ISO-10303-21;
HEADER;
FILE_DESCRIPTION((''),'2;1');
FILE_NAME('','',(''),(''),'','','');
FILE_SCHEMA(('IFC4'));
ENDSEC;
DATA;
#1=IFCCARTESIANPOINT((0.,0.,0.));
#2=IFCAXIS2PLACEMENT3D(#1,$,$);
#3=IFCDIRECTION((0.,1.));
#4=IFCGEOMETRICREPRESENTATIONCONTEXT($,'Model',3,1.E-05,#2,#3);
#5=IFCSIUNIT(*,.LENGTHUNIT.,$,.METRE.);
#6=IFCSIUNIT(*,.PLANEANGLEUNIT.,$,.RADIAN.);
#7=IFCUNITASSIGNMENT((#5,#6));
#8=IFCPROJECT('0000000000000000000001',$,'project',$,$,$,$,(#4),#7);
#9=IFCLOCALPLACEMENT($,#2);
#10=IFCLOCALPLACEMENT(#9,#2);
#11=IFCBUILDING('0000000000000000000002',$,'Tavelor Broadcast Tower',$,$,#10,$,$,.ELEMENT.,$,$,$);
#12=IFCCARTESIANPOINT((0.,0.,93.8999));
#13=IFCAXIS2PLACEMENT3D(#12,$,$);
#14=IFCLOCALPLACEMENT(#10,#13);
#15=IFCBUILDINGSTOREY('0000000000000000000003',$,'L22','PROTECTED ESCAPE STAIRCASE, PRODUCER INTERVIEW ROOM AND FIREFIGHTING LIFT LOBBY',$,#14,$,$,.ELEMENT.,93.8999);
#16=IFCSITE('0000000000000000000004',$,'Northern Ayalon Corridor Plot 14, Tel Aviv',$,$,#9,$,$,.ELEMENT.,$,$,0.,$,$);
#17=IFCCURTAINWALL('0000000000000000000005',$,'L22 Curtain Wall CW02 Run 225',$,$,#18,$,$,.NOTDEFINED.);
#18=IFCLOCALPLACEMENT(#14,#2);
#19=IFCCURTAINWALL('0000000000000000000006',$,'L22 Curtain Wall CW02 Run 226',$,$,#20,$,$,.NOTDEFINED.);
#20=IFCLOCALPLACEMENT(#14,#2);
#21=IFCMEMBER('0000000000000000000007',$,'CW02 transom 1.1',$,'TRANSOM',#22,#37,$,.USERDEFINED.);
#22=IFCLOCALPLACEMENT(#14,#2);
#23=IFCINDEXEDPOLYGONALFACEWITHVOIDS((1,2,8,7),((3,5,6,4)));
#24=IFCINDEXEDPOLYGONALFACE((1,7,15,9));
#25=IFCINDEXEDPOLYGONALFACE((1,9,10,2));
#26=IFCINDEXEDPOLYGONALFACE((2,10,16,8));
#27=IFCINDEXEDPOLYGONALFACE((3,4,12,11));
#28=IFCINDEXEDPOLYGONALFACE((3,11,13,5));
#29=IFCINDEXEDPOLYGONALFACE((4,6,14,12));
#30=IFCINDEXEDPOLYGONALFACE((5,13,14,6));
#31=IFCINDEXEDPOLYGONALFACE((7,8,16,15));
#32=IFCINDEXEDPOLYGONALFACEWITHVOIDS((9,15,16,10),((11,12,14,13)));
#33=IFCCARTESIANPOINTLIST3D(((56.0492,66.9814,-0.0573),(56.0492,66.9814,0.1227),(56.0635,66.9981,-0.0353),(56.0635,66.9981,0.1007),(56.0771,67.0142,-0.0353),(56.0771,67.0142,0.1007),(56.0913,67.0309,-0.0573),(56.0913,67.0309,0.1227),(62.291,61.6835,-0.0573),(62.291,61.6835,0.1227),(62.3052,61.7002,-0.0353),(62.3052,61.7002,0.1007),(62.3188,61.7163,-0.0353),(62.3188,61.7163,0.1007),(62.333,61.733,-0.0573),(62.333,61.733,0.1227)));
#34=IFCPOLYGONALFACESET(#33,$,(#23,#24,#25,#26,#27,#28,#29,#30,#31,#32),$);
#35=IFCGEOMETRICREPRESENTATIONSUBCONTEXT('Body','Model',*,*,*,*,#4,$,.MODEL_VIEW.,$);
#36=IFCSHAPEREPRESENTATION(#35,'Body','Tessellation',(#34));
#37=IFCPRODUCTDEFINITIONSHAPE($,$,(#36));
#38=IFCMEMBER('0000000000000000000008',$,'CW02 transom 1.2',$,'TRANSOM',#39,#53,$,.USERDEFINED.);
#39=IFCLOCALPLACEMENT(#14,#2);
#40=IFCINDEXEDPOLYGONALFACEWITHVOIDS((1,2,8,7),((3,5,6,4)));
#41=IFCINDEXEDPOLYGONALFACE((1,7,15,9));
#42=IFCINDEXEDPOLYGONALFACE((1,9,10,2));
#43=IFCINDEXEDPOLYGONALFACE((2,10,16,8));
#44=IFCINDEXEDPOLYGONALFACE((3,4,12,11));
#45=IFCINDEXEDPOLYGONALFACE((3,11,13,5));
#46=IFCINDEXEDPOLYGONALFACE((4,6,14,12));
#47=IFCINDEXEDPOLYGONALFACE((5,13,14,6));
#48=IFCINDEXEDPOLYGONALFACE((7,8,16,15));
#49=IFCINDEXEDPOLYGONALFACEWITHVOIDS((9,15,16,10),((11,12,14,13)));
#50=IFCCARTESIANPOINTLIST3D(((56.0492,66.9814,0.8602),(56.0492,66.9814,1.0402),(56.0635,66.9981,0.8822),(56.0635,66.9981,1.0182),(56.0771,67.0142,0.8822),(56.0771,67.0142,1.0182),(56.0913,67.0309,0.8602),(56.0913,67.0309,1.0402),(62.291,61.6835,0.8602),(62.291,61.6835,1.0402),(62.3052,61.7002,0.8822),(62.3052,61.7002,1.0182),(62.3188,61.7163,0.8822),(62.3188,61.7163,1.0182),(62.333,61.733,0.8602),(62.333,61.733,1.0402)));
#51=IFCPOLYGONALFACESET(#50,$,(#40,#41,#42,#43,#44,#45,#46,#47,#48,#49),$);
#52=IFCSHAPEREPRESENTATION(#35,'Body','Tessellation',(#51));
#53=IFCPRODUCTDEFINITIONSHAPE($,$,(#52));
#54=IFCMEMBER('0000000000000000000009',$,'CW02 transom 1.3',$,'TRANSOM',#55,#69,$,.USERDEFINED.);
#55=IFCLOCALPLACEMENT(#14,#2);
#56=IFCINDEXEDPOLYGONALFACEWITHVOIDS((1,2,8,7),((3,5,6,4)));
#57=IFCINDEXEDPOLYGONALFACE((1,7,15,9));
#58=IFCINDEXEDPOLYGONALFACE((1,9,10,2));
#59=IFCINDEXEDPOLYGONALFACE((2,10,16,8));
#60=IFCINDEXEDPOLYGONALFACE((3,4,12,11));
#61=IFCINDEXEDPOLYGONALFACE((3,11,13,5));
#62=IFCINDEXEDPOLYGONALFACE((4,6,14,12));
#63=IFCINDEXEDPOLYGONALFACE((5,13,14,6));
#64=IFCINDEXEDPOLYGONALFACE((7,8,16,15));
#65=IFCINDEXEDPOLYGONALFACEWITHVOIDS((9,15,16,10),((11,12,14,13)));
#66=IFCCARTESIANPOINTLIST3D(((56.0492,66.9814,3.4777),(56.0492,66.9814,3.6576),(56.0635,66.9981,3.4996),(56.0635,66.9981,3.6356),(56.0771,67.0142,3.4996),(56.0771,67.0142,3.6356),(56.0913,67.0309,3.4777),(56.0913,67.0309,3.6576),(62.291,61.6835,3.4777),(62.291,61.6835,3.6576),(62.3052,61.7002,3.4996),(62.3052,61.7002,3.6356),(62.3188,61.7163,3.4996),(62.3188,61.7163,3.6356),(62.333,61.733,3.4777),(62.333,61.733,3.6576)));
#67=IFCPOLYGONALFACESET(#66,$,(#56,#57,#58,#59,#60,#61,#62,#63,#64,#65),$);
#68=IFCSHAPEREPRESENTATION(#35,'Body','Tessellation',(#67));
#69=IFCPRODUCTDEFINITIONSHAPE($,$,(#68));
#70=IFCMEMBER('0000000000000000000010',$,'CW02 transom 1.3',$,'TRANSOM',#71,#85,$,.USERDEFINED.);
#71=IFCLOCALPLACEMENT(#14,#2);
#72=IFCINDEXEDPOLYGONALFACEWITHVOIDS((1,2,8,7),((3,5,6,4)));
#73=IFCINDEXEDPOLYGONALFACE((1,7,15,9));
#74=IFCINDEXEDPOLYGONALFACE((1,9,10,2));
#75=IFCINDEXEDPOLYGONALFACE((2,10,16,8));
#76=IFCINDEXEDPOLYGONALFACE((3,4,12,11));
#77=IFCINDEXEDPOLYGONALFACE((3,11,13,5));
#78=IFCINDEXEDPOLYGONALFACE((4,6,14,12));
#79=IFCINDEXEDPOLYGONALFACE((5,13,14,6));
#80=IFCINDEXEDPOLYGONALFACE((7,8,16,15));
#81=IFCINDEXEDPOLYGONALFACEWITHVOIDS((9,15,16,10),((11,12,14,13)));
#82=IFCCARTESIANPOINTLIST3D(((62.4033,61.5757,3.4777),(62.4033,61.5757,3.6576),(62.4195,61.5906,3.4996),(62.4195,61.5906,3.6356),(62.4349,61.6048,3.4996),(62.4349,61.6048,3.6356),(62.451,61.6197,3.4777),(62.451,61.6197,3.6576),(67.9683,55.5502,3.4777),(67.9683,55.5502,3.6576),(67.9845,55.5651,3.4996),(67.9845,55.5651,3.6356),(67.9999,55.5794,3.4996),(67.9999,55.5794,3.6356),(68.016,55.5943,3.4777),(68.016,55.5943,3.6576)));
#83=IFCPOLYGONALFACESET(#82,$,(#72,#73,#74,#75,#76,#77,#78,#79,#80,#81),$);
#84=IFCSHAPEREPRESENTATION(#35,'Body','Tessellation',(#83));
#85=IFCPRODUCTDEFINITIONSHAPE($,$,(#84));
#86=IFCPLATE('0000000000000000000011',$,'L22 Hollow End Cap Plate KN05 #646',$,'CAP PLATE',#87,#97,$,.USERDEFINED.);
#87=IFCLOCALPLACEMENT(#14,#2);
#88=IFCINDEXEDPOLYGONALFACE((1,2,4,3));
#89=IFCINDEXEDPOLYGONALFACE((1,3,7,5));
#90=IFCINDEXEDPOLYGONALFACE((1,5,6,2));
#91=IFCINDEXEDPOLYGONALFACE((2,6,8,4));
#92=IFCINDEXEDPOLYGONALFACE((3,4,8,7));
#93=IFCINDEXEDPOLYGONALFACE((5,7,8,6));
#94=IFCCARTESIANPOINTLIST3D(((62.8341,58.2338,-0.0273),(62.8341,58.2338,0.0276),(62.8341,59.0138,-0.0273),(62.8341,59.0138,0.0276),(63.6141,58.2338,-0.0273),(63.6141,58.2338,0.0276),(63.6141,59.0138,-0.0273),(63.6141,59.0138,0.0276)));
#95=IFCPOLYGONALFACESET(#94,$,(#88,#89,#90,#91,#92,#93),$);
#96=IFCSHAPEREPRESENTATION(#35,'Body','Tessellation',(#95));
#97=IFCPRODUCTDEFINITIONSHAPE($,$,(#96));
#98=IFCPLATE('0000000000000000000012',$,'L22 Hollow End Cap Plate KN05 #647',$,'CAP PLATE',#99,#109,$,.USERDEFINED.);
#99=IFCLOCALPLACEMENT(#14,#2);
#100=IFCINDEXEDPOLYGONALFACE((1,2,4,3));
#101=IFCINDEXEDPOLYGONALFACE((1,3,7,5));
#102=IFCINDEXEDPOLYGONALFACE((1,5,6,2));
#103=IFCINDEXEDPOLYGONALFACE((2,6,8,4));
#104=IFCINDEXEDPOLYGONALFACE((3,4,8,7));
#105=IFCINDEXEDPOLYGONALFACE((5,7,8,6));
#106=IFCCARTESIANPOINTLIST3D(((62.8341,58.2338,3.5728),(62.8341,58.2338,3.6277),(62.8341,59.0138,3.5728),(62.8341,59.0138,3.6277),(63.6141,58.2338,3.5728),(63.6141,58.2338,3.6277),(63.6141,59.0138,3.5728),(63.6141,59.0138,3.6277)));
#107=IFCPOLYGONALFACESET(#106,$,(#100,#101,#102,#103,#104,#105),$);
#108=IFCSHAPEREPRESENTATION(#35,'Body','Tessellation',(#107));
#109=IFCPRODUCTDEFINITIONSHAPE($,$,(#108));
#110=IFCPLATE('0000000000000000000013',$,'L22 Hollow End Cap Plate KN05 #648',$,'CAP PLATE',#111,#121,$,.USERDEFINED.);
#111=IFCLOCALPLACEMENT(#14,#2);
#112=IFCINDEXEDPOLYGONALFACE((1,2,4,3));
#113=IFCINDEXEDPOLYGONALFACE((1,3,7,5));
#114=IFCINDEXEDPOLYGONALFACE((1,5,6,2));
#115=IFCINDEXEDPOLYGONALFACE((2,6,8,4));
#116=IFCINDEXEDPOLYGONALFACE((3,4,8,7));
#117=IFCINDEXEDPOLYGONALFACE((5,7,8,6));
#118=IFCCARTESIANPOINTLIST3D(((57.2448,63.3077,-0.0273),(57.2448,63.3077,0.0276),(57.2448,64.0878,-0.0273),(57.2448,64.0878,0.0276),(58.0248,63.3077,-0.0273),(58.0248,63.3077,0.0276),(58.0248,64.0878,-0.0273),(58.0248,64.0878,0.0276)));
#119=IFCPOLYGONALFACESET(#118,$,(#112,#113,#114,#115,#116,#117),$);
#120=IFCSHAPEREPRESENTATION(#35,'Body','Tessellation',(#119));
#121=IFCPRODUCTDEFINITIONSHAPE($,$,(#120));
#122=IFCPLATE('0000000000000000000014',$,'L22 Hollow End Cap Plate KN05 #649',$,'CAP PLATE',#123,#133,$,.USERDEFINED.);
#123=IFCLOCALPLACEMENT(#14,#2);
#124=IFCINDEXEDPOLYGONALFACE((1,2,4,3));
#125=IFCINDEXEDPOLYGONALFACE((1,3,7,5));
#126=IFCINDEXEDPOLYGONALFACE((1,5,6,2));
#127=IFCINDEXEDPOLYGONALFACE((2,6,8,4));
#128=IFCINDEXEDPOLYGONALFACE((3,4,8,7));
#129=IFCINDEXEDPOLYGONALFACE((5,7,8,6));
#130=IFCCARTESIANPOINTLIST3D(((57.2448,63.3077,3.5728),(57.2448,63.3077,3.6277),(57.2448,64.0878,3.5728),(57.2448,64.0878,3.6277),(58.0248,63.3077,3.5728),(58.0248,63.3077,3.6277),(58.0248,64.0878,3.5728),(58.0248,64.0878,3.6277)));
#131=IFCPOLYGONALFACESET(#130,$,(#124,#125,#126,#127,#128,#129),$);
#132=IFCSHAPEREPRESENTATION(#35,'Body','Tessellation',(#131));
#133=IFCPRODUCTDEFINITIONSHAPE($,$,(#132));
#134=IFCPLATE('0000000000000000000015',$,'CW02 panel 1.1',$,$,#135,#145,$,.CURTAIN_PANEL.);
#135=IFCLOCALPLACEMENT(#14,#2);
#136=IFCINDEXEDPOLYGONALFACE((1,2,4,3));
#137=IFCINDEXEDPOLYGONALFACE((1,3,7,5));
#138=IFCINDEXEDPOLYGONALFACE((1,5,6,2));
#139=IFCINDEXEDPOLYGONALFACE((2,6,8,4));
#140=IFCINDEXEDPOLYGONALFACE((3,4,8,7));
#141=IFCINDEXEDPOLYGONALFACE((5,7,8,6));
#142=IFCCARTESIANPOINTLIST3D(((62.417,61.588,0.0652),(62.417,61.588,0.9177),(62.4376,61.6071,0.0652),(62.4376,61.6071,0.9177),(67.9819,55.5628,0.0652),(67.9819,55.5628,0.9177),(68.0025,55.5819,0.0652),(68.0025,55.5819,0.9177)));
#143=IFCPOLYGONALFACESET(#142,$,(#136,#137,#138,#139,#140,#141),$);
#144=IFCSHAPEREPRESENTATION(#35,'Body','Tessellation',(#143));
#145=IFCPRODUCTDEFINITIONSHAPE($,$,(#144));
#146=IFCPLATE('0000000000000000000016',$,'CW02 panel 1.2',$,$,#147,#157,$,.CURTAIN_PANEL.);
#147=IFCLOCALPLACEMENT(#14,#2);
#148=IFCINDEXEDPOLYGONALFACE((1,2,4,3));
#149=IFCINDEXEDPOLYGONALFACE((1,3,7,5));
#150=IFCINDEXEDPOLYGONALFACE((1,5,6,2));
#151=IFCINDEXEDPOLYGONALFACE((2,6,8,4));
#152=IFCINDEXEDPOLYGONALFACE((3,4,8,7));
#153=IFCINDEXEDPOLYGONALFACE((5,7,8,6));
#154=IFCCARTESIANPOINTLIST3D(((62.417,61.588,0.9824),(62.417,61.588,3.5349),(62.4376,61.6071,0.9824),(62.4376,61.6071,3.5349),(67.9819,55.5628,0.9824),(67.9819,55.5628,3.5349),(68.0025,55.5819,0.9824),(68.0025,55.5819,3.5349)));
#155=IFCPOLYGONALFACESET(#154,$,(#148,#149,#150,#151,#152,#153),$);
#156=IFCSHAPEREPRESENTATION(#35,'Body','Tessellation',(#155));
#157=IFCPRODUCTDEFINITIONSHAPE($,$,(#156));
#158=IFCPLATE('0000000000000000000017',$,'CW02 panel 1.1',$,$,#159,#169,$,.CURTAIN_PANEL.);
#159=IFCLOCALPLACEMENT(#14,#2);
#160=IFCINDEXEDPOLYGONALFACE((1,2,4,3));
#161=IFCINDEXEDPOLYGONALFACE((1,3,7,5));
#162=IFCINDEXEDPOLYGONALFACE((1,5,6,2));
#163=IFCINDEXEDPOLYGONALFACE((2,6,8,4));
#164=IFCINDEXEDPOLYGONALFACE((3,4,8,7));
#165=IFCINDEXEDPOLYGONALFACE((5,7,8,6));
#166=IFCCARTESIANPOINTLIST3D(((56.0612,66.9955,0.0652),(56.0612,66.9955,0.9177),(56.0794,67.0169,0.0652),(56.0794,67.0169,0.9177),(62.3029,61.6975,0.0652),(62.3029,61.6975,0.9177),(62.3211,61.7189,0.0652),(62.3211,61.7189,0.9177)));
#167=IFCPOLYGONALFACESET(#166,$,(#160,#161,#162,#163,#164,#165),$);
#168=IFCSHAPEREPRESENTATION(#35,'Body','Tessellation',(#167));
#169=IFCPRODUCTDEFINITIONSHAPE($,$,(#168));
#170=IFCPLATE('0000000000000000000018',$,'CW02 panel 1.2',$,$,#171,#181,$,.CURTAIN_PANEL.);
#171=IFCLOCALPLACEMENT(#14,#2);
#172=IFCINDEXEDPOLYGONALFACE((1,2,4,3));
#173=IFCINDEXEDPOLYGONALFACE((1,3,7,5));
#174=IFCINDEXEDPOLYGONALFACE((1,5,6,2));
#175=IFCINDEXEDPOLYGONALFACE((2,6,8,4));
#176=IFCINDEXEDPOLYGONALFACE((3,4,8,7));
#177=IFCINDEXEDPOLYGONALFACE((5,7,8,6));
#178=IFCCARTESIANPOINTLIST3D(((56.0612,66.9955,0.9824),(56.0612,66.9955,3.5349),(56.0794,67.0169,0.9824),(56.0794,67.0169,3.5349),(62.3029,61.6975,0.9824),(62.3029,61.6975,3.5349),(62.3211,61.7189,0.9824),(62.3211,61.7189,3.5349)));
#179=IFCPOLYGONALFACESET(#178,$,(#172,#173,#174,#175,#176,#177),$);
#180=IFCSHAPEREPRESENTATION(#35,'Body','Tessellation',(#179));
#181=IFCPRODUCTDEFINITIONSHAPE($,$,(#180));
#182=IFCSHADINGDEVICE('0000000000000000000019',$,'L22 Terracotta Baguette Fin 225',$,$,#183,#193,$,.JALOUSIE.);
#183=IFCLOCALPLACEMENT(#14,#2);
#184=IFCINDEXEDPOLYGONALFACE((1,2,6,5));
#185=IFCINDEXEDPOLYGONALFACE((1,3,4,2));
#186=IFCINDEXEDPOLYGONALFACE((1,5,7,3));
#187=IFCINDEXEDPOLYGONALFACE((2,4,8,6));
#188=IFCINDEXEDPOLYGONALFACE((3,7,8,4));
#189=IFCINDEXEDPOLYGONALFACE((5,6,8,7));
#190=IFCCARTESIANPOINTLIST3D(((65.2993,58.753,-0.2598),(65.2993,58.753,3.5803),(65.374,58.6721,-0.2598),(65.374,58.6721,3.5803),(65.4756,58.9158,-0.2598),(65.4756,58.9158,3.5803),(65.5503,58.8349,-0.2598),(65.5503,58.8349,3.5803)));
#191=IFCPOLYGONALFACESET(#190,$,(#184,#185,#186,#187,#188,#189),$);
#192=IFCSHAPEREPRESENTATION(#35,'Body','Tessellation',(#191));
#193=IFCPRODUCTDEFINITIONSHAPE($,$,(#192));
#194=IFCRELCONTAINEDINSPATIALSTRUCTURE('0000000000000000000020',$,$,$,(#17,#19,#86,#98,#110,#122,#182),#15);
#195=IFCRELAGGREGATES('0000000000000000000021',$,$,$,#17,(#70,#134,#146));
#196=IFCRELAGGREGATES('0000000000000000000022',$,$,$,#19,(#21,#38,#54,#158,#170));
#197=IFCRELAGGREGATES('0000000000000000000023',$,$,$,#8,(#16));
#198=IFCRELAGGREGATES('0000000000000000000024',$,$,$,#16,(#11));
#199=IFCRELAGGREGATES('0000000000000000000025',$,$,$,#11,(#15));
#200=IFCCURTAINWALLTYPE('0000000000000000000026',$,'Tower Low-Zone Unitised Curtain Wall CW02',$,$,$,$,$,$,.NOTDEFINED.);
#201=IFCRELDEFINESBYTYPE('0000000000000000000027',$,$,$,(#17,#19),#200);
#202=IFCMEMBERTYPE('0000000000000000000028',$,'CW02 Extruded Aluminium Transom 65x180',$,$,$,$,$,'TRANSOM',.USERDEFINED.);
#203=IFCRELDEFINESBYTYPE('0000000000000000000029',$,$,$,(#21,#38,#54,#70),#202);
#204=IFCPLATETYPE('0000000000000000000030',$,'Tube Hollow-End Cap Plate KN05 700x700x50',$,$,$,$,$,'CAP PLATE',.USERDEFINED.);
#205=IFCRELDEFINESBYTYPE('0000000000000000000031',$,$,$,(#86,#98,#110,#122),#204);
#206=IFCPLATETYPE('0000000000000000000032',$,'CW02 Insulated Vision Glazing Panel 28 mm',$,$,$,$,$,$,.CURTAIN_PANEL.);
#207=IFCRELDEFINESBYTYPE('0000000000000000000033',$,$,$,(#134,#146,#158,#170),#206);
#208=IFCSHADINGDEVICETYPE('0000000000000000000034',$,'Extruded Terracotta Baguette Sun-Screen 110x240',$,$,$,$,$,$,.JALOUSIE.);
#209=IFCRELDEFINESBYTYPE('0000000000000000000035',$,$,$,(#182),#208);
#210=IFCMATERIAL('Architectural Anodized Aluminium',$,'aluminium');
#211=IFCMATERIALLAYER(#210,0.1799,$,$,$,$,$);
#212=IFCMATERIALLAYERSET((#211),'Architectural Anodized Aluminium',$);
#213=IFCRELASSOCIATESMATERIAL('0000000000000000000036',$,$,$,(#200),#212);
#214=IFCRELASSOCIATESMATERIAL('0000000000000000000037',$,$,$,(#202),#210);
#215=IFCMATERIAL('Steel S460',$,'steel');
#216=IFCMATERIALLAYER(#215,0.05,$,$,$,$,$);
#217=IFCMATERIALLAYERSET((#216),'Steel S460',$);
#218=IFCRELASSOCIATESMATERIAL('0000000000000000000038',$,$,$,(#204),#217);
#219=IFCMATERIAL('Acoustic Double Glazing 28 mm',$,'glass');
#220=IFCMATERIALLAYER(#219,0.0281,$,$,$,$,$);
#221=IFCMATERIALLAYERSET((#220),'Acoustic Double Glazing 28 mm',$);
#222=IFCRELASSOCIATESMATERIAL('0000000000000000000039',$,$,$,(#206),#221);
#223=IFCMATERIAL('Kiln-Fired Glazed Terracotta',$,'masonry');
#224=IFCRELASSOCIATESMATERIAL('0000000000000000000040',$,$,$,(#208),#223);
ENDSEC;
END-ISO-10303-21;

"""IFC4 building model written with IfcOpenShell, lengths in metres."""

from ifc_helpers import new_model, si_unit, direction, frame, origin, origin_2d, place, context, subcontext, project, spatial, rectangle, hollow_rectangle, extrude, source, transform, mapped, material, layer, layer_set, material_profile, profile_set, type_object, type_shapes, element, aggregate, save


model = new_model("IFC4")

# Units and contexts
model_context = context("Model", 3, precision=1e-05, world=origin(), true_north=direction((0.0, 1.0)))
body_context = subcontext(model_context, "Body", "Model", "MODEL_VIEW")
ifc_project = project(units=[si_unit("LENGTHUNIT", "METRE"), si_unit("PLANEANGLEUNIT", "RADIAN")], contexts=[model_context])

# Site, building, storey
site_placement = place(None, origin())
site = spatial("IfcSite", under=ifc_project, at=site_placement, Name="Northern Ayalon Corridor Plot 14, Tel Aviv", CompositionType="ELEMENT", RefElevation=0.0)
building_placement = place(site_placement, origin())
building = spatial("IfcBuilding", under=site, at=building_placement, Name="Tavelor Broadcast Tower", CompositionType="ELEMENT")
storey_placement = place(building_placement, frame((0.0, 0.0, 93.8999)))
storey = spatial("IfcBuildingStorey", under=building, at=storey_placement, Name="L22", Description="PROTECTED ESCAPE STAIRCASE, PRODUCER INTERVIEW ROOM AND FIREFIGHTING LIFT LOBBY", CompositionType="ELEMENT", Elevation=93.8999)

# Shared definitions
ifc_material_1 = material(Name="Steel S460", Category="steel")

# Curtain wall
ifc_material_2 = material(Name="Architectural Anodized Aluminium", Category="aluminium")
ifc_layer_1 = layer(ifc_material_2, 0.1799)
ifc_layer_set_1 = layer_set([ifc_layer_1], Name="Architectural Anodized Aluminium")
curtain_wall_type = type_object("IfcCurtainWallType", Name="Tower Low-Zone Unitised Curtain Wall CW02", PredefinedType="NOTDEFINED", material=ifc_layer_set_1)
curtain_wall_1_placement = place(storey_placement, origin())
curtain_wall_1 = element("IfcCurtainWall", 1, at=curtain_wall_1_placement, inside=storey, type_object=curtain_wall_type, Name="L22 Curtain Wall CW02 Run 225", PredefinedType="NOTDEFINED")

# Curtain wall
curtain_wall_2_placement = place(storey_placement, origin())
curtain_wall_2 = element("IfcCurtainWall", 2, at=curtain_wall_2_placement, inside=storey, type_object=curtain_wall_type, Name="L22 Curtain Wall CW02 Run 226", PredefinedType="NOTDEFINED")

# Members
ifc_material_profile_1 = material_profile(ifc_material_2, hollow_rectangle(XDim=0.0649, YDim=0.1799, WallThickness=0.022, at=origin_2d()), Name="RHS 65x180x22")
ifc_profile_set_1 = profile_set([ifc_material_profile_1], Name="Architectural Anodized Aluminium")
member_type_1 = type_object("IfcMemberType", Name="CW02 Extruded Aluminium Transom 65x180", ElementType="TRANSOM", PredefinedType="USERDEFINED", material=ifc_profile_set_1)
shared_shape_1 = source(origin(), body_context, "Body", "SweptSolid", [
    extrude(hollow_rectangle(XDim=0.0649, YDim=0.1799, WallThickness=0.022, at=origin_2d()), origin(), (0.0, 0.0, 1.0), 8.187),
])
member_1_placement = place(storey_placement, frame((62.312, 61.7083, 0.0327), z_axis=(-0.762397, 0.64711, 0.0), x_axis=(-0.64711, -0.762397, 0.0)))
member_1 = element("IfcMember", 3, at=member_1_placement, type_object=member_type_1, Name="CW02 transom 1.1", ObjectType="TRANSOM", PredefinedType="USERDEFINED", context=body_context, shape_type="MappedRepresentation", body=[
    mapped(shared_shape_1, transform((0.0, 0.0, 0.0), scale=1.0)),
])
member_2_placement = place(storey_placement, frame((62.312, 61.7083, 0.9502), z_axis=(-0.762397, 0.64711, 0.0), x_axis=(-0.64711, -0.762397, 0.0)))
member_2 = element("IfcMember", 4, at=member_2_placement, type_object=member_type_1, Name="CW02 transom 1.2", ObjectType="TRANSOM", PredefinedType="USERDEFINED", context=body_context, shape_type="MappedRepresentation", body=[
    mapped(shared_shape_1, transform((0.0, 0.0, 0.0), scale=1.0)),
])
member_3_placement = place(storey_placement, frame((62.312, 61.7083, 3.5676), z_axis=(-0.762397, 0.64711, 0.0), x_axis=(-0.64711, -0.762397, 0.0)))
member_3 = element("IfcMember", 5, at=member_3_placement, type_object=member_type_1, Name="CW02 transom 1.3", ObjectType="TRANSOM", PredefinedType="USERDEFINED", context=body_context, shape_type="MappedRepresentation", body=[
    mapped(shared_shape_1, transform((0.0, 0.0, 0.0), scale=1.0)),
])
shared_shape_2 = source(origin(), body_context, "Body", "SweptSolid", [
    extrude(hollow_rectangle(XDim=0.0649, YDim=0.1799, WallThickness=0.022, at=origin_2d()), origin(), (0.0, 0.0, 1.0), 8.2021),
])
type_shapes(member_type_1, [shared_shape_1, shared_shape_2])
member_4_placement = place(storey_placement, frame((67.9922, 55.5723, 3.5676), z_axis=(-0.67848, 0.734619, 0.0), x_axis=(-0.734619, -0.67848, 0.0)))
member_4 = element("IfcMember", 6, at=member_4_placement, type_object=member_type_1, Name="CW02 transom 1.3", ObjectType="TRANSOM", PredefinedType="USERDEFINED", context=body_context, shape_type="MappedRepresentation", body=[
    mapped(shared_shape_2, transform((0.0, 0.0, 0.0), scale=1.0)),
])

# Plates
ifc_layer_2 = layer(ifc_material_1, 0.05)
ifc_layer_set_2 = layer_set([ifc_layer_2], Name="Steel S460")
plate_type_1 = type_object("IfcPlateType", Name="Tube Hollow-End Cap Plate KN05 700x700x50", ElementType="CAP PLATE", PredefinedType="USERDEFINED", material=ifc_layer_set_2)
shared_shape_3 = source(origin(), body_context, "Body", "SweptSolid", [
    extrude(rectangle(XDim=0.78, YDim=0.78, at=origin_2d()), origin(), (0.0, 0.0, 1.0), 0.0549),
])
type_shapes(plate_type_1, [shared_shape_3])
for number, where, z_axis, x_axis, name in (
    (7, (63.2241, 58.6238, -0.0273), (0.0, 0.0, 1.0), (1.0, 0.0, 0.0), "L22 Hollow End Cap Plate KN05 #646"),
    (8, (63.2241, 58.6238, 3.5728), (0.0, 0.0, 1.0), (1.0, 0.0, 0.0), "L22 Hollow End Cap Plate KN05 #647"),
    (9, (57.6348, 63.6978, -0.0273), (0.0, 0.0, 1.0), (1.0, 0.0, 0.0), "L22 Hollow End Cap Plate KN05 #648"),
    (10, (57.6348, 63.6978, 3.5728), (0.0, 0.0, 1.0), (1.0, 0.0, 0.0), "L22 Hollow End Cap Plate KN05 #649"),
):
    element("IfcPlate", number, at=place(storey_placement, frame(where, z_axis=z_axis, x_axis=x_axis)), inside=storey, type_object=plate_type_1, Name=name, ObjectType="CAP PLATE", PredefinedType="USERDEFINED", context=body_context, shape_type="MappedRepresentation", body=[
        mapped(shared_shape_3, transform((0.0, 0.0, 0.0), scale=1.0)),
    ])

# Plates
ifc_material_3 = material(Name="Acoustic Double Glazing 28 mm", Category="glass")
ifc_layer_3 = layer(ifc_material_3, 0.0281)
ifc_layer_set_3 = layer_set([ifc_layer_3], Name="Acoustic Double Glazing 28 mm")
plate_type_2 = type_object("IfcPlateType", Name="CW02 Insulated Vision Glazing Panel 28 mm", PredefinedType="CURTAIN_PANEL", material=ifc_layer_set_3)
shared_shape_4 = source(origin(), body_context, "Body", "SweptSolid", [
    extrude(rectangle(XDim=8.2019, YDim=0.0281, at=origin_2d()), origin(), (0.0, 0.0, 1.0), 0.8525),
])
plate_1_placement = place(storey_placement, frame((65.2097, 58.585, 0.0652), z_axis=(0.0, 0.0, 1.0), x_axis=(-0.678489, 0.734611, 0.0)))
plate_1 = element("IfcPlate", 11, at=plate_1_placement, type_object=plate_type_2, Name="CW02 panel 1.1", PredefinedType="CURTAIN_PANEL", context=body_context, shape_type="MappedRepresentation", body=[
    mapped(shared_shape_4, transform((0.0, 0.0, 0.0), scale=1.0)),
])
shared_shape_5 = source(origin(), body_context, "Body", "SweptSolid", [
    extrude(rectangle(XDim=8.2019, YDim=0.0281, at=origin_2d()), origin(), (0.0, 0.0, 1.0), 2.5525),
])
plate_2_placement = place(storey_placement, frame((65.2097, 58.585, 0.9824), z_axis=(0.0, 0.0, 1.0), x_axis=(-0.678489, 0.734611, 0.0)))
plate_2 = element("IfcPlate", 12, at=plate_2_placement, type_object=plate_type_2, Name="CW02 panel 1.2", PredefinedType="CURTAIN_PANEL", context=body_context, shape_type="MappedRepresentation", body=[
    mapped(shared_shape_5, transform((0.0, 0.0, 0.0), scale=1.0)),
])
aggregate(curtain_wall_1, [member_4, plate_1, plate_2])
shared_shape_6 = source(origin(), body_context, "Body", "SweptSolid", [
    extrude(rectangle(XDim=8.187, YDim=0.0281, at=origin_2d()), origin(), (0.0, 0.0, 1.0), 0.8525),
])
plate_3_placement = place(storey_placement, frame((59.1912, 64.3572, 0.0652), z_axis=(0.0, 0.0, 1.0), x_axis=(-0.762389, 0.647119, 0.0)))
plate_3 = element("IfcPlate", 13, at=plate_3_placement, type_object=plate_type_2, Name="CW02 panel 1.1", PredefinedType="CURTAIN_PANEL", context=body_context, shape_type="MappedRepresentation", body=[
    mapped(shared_shape_6, transform((0.0, 0.0, 0.0), scale=1.0)),
])
shared_shape_7 = source(origin(), body_context, "Body", "SweptSolid", [
    extrude(rectangle(XDim=8.187, YDim=0.0281, at=origin_2d()), origin(), (0.0, 0.0, 1.0), 2.5525),
])
type_shapes(plate_type_2, [shared_shape_4, shared_shape_5, shared_shape_6, shared_shape_7])
plate_4_placement = place(storey_placement, frame((59.1912, 64.3572, 0.9824), z_axis=(0.0, 0.0, 1.0), x_axis=(-0.762389, 0.647119, 0.0)))
plate_4 = element("IfcPlate", 14, at=plate_4_placement, type_object=plate_type_2, Name="CW02 panel 1.2", PredefinedType="CURTAIN_PANEL", context=body_context, shape_type="MappedRepresentation", body=[
    mapped(shared_shape_7, transform((0.0, 0.0, 0.0), scale=1.0)),
])
aggregate(curtain_wall_2, [member_1, member_2, member_3, plate_3, plate_4])

# Shading device
ifc_material_4 = material(Name="Kiln-Fired Glazed Terracotta", Category="masonry")
shading_device_type = type_object("IfcShadingDeviceType", Name="Extruded Terracotta Baguette Sun-Screen 110x240", PredefinedType="JALOUSIE", material=ifc_material_4)
shared_shape_8 = source(origin(), body_context, "Body", "SweptSolid", [
    extrude(rectangle(XDim=0.1101, YDim=0.24, at=origin_2d()), origin(), (0.0, 0.0, 1.0), 3.8401),
])
type_shapes(shading_device_type, [shared_shape_8])
for number, where, z_axis, x_axis, name in (
    (15, (65.4248, 58.7939, -0.2598), (0.0, 0.0, 1.0), (-0.678544, 0.734559, 0.0), "L22 Terracotta Baguette Fin 225"),
):
    element("IfcShadingDevice", number, at=place(storey_placement, frame(where, z_axis=z_axis, x_axis=x_axis)), inside=storey, type_object=shading_device_type, Name=name, PredefinedType="JALOUSIE", context=body_context, shape_type="MappedRepresentation", body=[
        mapped(shared_shape_8, transform((0.0, 0.0, 0.0), scale=1.0)),
    ])

save(model, "model.ifc")
